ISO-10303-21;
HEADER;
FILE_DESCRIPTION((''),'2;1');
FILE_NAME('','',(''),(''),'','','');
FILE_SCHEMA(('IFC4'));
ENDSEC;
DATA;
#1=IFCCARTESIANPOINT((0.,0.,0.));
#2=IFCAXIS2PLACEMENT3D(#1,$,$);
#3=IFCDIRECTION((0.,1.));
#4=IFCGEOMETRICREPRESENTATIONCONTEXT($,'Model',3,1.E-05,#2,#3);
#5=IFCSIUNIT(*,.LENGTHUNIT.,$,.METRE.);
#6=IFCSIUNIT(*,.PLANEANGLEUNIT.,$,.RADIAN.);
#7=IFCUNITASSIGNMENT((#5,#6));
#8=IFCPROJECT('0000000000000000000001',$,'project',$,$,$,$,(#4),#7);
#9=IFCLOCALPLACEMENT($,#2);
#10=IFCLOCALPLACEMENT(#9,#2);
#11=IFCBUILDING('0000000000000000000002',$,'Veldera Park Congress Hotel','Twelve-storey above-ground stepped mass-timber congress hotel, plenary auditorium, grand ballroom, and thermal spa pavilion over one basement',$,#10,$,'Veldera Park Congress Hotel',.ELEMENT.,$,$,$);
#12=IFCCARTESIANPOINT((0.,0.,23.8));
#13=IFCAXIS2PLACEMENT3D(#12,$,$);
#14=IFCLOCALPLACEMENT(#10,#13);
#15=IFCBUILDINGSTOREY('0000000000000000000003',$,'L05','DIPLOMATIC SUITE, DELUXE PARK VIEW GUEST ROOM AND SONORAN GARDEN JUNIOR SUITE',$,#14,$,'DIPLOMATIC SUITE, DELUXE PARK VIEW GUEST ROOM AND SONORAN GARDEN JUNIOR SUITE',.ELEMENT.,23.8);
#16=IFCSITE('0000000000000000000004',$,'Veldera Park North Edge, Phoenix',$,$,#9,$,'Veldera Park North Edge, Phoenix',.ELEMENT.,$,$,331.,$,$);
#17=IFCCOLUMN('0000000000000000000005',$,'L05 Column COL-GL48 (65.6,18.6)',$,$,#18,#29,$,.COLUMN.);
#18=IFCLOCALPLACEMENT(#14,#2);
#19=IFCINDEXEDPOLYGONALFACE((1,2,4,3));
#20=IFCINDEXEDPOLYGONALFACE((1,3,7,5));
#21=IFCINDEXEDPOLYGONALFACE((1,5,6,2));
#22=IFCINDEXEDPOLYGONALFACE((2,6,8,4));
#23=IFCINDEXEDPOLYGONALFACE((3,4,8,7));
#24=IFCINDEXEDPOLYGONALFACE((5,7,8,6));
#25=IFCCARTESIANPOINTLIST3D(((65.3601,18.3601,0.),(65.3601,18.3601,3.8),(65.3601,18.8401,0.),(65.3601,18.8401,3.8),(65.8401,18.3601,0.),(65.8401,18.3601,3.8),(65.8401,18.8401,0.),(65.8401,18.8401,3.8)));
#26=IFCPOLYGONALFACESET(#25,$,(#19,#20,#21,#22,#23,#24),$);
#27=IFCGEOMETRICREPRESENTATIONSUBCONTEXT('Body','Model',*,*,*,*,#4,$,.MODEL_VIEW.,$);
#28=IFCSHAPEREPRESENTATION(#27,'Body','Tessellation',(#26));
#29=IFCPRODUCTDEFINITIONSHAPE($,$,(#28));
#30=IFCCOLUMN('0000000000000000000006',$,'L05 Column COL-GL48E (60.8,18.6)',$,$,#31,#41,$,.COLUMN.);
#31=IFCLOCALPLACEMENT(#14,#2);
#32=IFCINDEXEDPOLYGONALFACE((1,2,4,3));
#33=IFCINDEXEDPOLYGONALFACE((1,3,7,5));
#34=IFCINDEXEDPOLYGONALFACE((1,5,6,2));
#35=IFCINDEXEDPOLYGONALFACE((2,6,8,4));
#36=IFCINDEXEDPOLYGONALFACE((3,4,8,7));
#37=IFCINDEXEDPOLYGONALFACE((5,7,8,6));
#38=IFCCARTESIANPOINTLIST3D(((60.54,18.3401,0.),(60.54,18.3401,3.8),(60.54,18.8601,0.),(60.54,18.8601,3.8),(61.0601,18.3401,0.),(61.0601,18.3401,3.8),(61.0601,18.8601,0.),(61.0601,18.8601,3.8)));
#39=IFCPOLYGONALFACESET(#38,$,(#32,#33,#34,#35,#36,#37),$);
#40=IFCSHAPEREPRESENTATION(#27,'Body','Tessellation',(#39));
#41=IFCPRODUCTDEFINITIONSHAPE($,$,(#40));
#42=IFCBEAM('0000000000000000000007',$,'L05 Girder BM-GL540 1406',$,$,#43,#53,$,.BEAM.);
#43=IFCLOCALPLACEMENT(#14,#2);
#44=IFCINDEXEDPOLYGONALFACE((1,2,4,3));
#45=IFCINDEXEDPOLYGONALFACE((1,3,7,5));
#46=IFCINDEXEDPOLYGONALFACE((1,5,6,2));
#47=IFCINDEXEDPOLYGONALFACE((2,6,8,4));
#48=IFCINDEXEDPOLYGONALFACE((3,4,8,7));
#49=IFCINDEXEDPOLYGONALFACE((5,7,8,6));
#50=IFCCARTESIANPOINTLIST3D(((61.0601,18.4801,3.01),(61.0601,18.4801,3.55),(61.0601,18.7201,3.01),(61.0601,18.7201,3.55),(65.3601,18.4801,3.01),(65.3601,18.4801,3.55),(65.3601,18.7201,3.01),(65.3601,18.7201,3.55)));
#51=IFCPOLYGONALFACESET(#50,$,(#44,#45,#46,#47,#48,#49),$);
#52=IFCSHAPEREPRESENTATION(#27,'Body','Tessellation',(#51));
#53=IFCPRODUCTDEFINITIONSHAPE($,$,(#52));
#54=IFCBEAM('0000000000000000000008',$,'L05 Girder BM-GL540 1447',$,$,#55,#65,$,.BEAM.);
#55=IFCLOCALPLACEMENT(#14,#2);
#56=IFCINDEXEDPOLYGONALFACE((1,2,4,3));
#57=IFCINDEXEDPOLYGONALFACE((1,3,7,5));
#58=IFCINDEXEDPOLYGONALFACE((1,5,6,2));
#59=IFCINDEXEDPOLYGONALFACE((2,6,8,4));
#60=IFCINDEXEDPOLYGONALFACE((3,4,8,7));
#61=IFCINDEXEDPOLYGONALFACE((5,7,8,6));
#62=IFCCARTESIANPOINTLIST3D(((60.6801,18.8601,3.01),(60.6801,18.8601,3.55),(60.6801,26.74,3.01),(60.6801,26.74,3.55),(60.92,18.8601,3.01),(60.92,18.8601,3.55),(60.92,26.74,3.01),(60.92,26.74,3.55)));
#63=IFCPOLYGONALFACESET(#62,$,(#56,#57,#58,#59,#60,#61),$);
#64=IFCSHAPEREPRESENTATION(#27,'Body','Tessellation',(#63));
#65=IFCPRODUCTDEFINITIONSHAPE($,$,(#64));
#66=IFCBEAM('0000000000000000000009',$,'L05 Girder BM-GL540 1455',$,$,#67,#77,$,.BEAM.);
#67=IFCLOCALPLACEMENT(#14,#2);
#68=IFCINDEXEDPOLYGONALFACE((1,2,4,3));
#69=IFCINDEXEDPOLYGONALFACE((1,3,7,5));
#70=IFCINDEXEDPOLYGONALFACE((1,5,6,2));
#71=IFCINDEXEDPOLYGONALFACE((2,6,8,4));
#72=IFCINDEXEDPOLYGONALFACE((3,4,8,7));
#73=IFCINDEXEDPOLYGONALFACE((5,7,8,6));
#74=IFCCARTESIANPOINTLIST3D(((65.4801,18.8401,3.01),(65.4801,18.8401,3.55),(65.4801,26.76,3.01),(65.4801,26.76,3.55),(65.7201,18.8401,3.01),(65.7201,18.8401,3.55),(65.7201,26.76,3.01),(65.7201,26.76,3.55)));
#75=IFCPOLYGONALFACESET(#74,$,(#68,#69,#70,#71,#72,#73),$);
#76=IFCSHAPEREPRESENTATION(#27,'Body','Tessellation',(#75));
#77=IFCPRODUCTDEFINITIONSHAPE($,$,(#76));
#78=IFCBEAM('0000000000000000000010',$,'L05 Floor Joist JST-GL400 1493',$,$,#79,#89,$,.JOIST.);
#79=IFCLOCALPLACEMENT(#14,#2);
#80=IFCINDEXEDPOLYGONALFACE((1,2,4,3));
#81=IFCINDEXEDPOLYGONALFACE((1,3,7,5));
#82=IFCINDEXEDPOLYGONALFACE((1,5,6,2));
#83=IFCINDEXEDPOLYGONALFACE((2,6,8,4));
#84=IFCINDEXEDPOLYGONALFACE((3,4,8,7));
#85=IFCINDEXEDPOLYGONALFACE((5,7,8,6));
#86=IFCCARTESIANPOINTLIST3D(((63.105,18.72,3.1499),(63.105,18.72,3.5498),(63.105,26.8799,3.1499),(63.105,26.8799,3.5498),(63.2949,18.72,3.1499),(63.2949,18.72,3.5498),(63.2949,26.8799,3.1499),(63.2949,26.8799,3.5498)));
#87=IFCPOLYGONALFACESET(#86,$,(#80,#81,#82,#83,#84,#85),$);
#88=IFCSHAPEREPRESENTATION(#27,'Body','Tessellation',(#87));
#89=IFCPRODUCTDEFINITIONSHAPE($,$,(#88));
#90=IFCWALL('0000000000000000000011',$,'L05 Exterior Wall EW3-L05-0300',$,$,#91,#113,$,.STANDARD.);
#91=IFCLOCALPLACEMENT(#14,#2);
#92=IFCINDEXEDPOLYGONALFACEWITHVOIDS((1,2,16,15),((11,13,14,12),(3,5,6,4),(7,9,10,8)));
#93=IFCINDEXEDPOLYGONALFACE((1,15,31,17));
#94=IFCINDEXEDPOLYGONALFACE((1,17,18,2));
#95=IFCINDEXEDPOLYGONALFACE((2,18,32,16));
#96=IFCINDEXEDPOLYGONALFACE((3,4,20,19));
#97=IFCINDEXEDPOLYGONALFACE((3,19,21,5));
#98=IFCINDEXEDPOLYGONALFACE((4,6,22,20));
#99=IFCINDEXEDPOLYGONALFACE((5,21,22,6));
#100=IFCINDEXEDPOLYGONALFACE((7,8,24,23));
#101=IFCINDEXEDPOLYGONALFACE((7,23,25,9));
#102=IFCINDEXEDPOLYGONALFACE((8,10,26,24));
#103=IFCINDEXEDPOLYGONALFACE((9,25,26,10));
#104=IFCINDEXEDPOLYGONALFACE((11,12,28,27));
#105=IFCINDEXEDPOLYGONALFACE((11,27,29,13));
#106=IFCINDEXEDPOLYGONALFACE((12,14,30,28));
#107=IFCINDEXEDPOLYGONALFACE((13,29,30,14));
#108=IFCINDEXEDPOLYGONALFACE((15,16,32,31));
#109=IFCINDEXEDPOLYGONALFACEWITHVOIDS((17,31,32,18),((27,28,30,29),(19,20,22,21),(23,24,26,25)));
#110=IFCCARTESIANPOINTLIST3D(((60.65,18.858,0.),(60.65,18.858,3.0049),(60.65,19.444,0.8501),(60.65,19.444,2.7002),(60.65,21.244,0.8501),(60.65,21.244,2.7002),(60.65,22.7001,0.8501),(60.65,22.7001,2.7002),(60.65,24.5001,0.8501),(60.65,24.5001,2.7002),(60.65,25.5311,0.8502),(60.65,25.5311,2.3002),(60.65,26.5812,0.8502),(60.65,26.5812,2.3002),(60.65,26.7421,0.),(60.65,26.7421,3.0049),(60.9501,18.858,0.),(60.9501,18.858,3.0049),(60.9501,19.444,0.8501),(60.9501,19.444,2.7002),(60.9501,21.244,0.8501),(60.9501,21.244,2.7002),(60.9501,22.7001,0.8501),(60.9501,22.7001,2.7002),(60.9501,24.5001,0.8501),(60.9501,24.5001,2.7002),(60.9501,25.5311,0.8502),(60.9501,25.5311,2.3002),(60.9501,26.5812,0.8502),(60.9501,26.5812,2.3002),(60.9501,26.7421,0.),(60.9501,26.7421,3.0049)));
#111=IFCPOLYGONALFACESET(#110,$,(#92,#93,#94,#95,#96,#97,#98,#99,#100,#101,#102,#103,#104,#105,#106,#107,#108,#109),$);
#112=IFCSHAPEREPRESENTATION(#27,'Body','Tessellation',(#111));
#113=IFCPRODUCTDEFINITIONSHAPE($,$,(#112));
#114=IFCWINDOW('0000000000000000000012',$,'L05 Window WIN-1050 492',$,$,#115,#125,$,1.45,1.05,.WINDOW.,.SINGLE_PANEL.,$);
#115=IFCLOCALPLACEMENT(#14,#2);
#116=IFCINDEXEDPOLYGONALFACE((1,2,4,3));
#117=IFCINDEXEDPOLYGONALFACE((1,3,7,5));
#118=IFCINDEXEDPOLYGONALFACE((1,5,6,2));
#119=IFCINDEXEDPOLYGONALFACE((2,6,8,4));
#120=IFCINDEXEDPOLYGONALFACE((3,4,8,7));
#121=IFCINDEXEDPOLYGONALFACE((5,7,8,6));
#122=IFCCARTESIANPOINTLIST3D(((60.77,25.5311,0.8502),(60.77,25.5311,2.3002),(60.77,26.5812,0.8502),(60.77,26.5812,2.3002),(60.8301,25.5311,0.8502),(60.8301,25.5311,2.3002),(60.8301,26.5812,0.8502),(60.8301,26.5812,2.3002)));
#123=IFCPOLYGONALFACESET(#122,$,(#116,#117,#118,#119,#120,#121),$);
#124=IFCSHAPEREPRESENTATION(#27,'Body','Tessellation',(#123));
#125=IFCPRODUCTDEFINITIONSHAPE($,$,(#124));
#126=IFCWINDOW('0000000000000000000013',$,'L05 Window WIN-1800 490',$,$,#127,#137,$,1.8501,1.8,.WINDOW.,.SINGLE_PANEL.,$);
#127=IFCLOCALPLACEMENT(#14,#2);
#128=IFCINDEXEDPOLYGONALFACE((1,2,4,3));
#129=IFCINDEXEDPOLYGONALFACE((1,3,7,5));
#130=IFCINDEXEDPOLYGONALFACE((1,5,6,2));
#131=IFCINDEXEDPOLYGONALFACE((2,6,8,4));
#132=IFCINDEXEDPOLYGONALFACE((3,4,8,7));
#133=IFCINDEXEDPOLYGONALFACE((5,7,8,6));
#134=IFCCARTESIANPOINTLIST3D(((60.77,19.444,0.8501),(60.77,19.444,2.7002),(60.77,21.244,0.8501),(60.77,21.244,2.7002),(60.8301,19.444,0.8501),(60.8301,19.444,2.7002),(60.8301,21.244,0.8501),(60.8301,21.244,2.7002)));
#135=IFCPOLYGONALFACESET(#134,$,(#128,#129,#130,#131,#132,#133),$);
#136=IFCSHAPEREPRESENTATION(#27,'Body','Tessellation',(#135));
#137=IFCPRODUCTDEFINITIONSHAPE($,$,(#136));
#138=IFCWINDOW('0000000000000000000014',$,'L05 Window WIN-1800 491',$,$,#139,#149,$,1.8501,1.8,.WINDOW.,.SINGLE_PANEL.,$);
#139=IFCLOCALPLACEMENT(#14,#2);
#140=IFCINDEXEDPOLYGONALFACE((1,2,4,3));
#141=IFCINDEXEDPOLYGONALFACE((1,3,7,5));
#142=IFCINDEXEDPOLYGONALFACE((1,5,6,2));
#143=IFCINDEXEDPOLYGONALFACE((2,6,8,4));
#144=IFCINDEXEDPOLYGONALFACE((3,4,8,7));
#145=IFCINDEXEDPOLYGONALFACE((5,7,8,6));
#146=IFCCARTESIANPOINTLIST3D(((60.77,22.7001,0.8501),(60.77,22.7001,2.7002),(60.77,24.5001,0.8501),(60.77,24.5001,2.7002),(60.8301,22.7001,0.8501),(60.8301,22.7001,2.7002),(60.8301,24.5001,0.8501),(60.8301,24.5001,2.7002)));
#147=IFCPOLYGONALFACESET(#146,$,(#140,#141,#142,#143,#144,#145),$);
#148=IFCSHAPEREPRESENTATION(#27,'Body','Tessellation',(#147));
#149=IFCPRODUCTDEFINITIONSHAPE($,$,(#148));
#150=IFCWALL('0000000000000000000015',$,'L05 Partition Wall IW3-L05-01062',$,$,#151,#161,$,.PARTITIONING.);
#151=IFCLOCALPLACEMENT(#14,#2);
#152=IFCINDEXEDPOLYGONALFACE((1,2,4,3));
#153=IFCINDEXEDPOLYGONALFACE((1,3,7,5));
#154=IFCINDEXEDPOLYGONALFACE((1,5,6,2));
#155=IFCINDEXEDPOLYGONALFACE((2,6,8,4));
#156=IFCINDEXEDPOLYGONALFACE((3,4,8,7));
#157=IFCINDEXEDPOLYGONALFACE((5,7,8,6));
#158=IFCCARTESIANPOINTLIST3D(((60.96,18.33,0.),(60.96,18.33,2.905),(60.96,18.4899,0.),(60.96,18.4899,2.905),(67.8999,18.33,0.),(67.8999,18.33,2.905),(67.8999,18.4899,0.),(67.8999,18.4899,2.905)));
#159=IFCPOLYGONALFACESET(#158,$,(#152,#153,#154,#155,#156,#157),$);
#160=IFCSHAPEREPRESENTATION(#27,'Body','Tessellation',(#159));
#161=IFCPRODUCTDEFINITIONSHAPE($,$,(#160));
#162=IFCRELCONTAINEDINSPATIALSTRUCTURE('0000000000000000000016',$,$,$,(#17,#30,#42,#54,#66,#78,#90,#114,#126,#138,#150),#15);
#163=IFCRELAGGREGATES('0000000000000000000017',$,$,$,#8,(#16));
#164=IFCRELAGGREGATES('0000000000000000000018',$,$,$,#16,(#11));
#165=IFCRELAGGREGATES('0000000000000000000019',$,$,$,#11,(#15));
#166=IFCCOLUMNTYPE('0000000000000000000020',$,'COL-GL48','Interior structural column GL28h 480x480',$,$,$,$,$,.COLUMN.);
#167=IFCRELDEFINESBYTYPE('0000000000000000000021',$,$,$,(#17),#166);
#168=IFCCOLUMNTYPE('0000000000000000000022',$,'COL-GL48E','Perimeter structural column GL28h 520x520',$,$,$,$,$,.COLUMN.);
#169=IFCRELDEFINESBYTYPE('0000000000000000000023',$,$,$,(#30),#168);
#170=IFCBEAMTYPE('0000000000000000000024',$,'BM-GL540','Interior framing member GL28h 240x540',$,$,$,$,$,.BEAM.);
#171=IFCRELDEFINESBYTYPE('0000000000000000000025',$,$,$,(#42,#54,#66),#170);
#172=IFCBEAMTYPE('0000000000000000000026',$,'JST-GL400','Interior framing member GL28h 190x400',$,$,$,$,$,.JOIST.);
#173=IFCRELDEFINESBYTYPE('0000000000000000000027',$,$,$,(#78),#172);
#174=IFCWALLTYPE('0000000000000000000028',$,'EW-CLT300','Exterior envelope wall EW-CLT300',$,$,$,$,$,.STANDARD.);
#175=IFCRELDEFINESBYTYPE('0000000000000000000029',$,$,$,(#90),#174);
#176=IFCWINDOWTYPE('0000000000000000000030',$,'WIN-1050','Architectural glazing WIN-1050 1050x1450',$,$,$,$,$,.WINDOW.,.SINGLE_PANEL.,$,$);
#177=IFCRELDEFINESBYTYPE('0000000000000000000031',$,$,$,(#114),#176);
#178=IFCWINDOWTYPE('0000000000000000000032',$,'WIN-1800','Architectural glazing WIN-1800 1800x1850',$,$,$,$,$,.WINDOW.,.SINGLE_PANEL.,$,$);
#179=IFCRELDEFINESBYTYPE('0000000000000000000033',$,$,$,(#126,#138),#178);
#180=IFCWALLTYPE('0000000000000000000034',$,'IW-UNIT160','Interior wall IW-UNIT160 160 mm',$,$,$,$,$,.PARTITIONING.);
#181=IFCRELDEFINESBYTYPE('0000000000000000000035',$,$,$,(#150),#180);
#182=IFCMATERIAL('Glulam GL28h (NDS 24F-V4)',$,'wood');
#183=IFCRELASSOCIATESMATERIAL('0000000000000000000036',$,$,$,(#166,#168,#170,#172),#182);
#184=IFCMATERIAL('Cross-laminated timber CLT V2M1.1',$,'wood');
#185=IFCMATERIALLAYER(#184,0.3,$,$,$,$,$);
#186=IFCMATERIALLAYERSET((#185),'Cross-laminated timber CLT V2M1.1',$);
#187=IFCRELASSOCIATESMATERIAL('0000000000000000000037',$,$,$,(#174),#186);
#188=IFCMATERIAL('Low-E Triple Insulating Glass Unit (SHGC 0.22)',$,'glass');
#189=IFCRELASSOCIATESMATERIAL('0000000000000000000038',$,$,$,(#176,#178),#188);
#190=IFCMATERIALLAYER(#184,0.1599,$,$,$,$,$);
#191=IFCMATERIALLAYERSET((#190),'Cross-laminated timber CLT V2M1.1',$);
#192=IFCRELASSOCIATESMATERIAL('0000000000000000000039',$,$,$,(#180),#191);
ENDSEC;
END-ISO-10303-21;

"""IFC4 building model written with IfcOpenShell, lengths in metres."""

from ifc_helpers import new_model, si_unit, direction, frame, frame_2d, origin, origin_2d, place, context, subcontext, project, spatial, rectangle, extrude, material, layer, layer_set, material_profile, profile_set, type_object, element, fill, save


model = new_model("IFC4")

# Units and contexts
model_context = context("Model", 3, precision=1e-05, world=origin(), true_north=direction((0.0, 1.0)))
body_context = subcontext(model_context, "Body", "Model", "MODEL_VIEW")
ifc_project = project(units=[si_unit("LENGTHUNIT", "METRE"), si_unit("PLANEANGLEUNIT", "RADIAN")], contexts=[model_context])

# Site, building, storey
site_placement = place(None, origin())
site = spatial("IfcSite", under=ifc_project, at=site_placement, Name="Veldera Park North Edge, Phoenix", LongName="Veldera Park North Edge, Phoenix", CompositionType="ELEMENT", RefElevation=331.0)
building_placement = place(site_placement, origin())
building = spatial("IfcBuilding", under=site, at=building_placement, Name="Veldera Park Congress Hotel", Description="Twelve-storey above-ground stepped mass-timber congress hotel, plenary auditorium, grand ballroom, and thermal spa pavilion over one basement", LongName="Veldera Park Congress Hotel", CompositionType="ELEMENT")
storey_placement = place(building_placement, frame((0.0, 0.0, 23.8)))
storey = spatial("IfcBuildingStorey", under=building, at=storey_placement, Name="L05", Description="DIPLOMATIC SUITE, DELUXE PARK VIEW GUEST ROOM AND SONORAN GARDEN JUNIOR SUITE", LongName="DIPLOMATIC SUITE, DELUXE PARK VIEW GUEST ROOM AND SONORAN GARDEN JUNIOR SUITE", CompositionType="ELEMENT", Elevation=23.8)

# Columns
ifc_material_1 = material(Name="Glulam GL28h (NDS 24F-V4)", Category="wood")
ifc_material_profile_1 = material_profile(ifc_material_1, rectangle(XDim=0.48, YDim=0.48, at=origin_2d()), Name="GL28h 480x480")
ifc_profile_set_1 = profile_set([ifc_material_profile_1], Name="Glulam GL28h (NDS 24F-V4)")
column_type_1 = type_object("IfcColumnType", Name="COL-GL48", Description="Interior structural column GL28h 480x480", PredefinedType="COLUMN", material=ifc_profile_set_1)
column_1_placement = place(storey_placement, frame((65.6001, 18.6001, 0.0), z_axis=(0.0, 0.0, 1.0), x_axis=(1.0, 0.0, 0.0)))
element("IfcColumn", 1, at=column_1_placement, inside=storey, type_object=column_type_1, Name="L05 Column COL-GL48 (65.6,18.6)", PredefinedType="COLUMN", context=body_context, shape_type="SweptSolid", body=[
    extrude(rectangle(XDim=0.48, YDim=0.48, at=origin_2d()), origin(), (0.0, 0.0, 1.0), 3.8),
])
ifc_material_profile_2 = material_profile(ifc_material_1, rectangle(XDim=0.52, YDim=0.52, at=origin_2d()), Name="GL28h 520x520")
ifc_profile_set_2 = profile_set([ifc_material_profile_2], Name="Glulam GL28h (NDS 24F-V4)")
column_type_2 = type_object("IfcColumnType", Name="COL-GL48E", Description="Perimeter structural column GL28h 520x520", PredefinedType="COLUMN", material=ifc_profile_set_2)
column_2_placement = place(storey_placement, frame((60.8, 18.6001, 0.0), z_axis=(0.0, 0.0, 1.0), x_axis=(1.0, 0.0, 0.0)))
element("IfcColumn", 2, at=column_2_placement, inside=storey, type_object=column_type_2, Name="L05 Column COL-GL48E (60.8,18.6)", PredefinedType="COLUMN", context=body_context, shape_type="SweptSolid", body=[
    extrude(rectangle(XDim=0.52, YDim=0.52, at=origin_2d()), origin(), (0.0, 0.0, 1.0), 3.8),
])

# Beams
ifc_material_profile_3 = material_profile(ifc_material_1, rectangle(XDim=0.24, YDim=0.54, at=origin_2d()), Name="GL28h 240x540")
ifc_profile_set_3 = profile_set([ifc_material_profile_3], Name="Glulam GL28h (NDS 24F-V4)")
beam_type_1 = type_object("IfcBeamType", Name="BM-GL540", Description="Interior framing member GL28h 240x540", PredefinedType="BEAM", material=ifc_profile_set_3)
beam_1_placement = place(storey_placement, frame((61.0601, 18.6001, 3.28), z_axis=(1.0, 0.0, 0.0), x_axis=(0.0, 1.0, 0.0)))
element("IfcBeam", 3, at=beam_1_placement, inside=storey, type_object=beam_type_1, Name="L05 Girder BM-GL540 1406", PredefinedType="BEAM", context=body_context, shape_type="SweptSolid", body=[
    extrude(rectangle(XDim=0.24, YDim=0.54, at=origin_2d()), origin(), (0.0, 0.0, 1.0), 4.3),
])
beam_2_placement = place(storey_placement, frame((60.8, 18.8601, 3.28), z_axis=(0.0, 1.0, 0.0), x_axis=(-1.0, 0.0, 0.0)))
element("IfcBeam", 4, at=beam_2_placement, inside=storey, type_object=beam_type_1, Name="L05 Girder BM-GL540 1447", PredefinedType="BEAM", context=body_context, shape_type="SweptSolid", body=[
    extrude(rectangle(XDim=0.24, YDim=0.54, at=origin_2d()), origin(), (0.0, 0.0, 1.0), 7.8799),
])
beam_3_placement = place(storey_placement, frame((65.6001, 18.8401, 3.28), z_axis=(0.0, 1.0, 0.0), x_axis=(-1.0, 0.0, 0.0)))
element("IfcBeam", 5, at=beam_3_placement, inside=storey, type_object=beam_type_1, Name="L05 Girder BM-GL540 1455", PredefinedType="BEAM", context=body_context, shape_type="SweptSolid", body=[
    extrude(rectangle(XDim=0.24, YDim=0.54, at=origin_2d()), origin(), (0.0, 0.0, 1.0), 7.9199),
])
ifc_material_profile_4 = material_profile(ifc_material_1, rectangle(XDim=0.1899, YDim=0.3999, at=origin_2d()), Name="GL28h 190x400")
ifc_profile_set_4 = profile_set([ifc_material_profile_4], Name="Glulam GL28h (NDS 24F-V4)")
beam_type_2 = type_object("IfcBeamType", Name="JST-GL400", Description="Interior framing member GL28h 190x400", PredefinedType="JOIST", material=ifc_profile_set_4)
beam_4_placement = place(storey_placement, frame((63.2, 18.72, 3.3499), z_axis=(0.0, 1.0, 0.0), x_axis=(-1.0, 0.0, 0.0)))
element("IfcBeam", 6, at=beam_4_placement, inside=storey, type_object=beam_type_2, Name="L05 Floor Joist JST-GL400 1493", PredefinedType="JOIST", context=body_context, shape_type="SweptSolid", body=[
    extrude(rectangle(XDim=0.1899, YDim=0.3999, at=origin_2d()), origin(), (0.0, 0.0, 1.0), 8.1599),
])

# Wall, openings, windows
ifc_material_2 = material(Name="Cross-laminated timber CLT V2M1.1", Category="wood")
ifc_layer_1 = layer(ifc_material_2, 0.3)
ifc_layer_set_1 = layer_set([ifc_layer_1], Name="Cross-laminated timber CLT V2M1.1")
wall_type_1 = type_object("IfcWallType", Name="EW-CLT300", Description="Exterior envelope wall EW-CLT300", PredefinedType="STANDARD", material=ifc_layer_set_1)
wall_1_placement = place(storey_placement, frame((60.8, 26.7419, 0.0), z_axis=(0.0, 0.0, 1.0), x_axis=(0.0, -1.0, 0.0)))
wall_1 = element("IfcWall", 7, at=wall_1_placement, inside=storey, type_object=wall_type_1, Name="L05 Exterior Wall EW3-L05-0300", PredefinedType="STANDARD", context=body_context, shape_type="SweptSolid", body=[
    extrude(rectangle(XDim=7.884, YDim=0.3, at=frame_2d((3.9419, 0.0))), origin(), (0.0, 0.0, 1.0), 3.0049),
])
opening_1_placement = place(wall_1_placement, frame((5.498, 0.0, 0.8501)))
opening_1 = element("IfcOpeningElement", 8, at=opening_1_placement, cuts=wall_1, PredefinedType="OPENING", context=body_context, shape_type="SweptSolid", body=[
    extrude(rectangle(XDim=1.8, YDim=1.8501, at=frame_2d((0.8999, 0.925))), frame((0.0, 0.1621, 0.0), z_axis=(0.0, -1.0, 0.0), x_axis=(1.0, 0.0, 0.0)), (0.0, 0.0, 1.0), 0.324),
])
opening_2_placement = place(wall_1_placement, frame((2.2419, 0.0, 0.8501)))
opening_2 = element("IfcOpeningElement", 9, at=opening_2_placement, cuts=wall_1, PredefinedType="OPENING", context=body_context, shape_type="SweptSolid", body=[
    extrude(rectangle(XDim=1.8, YDim=1.8501, at=frame_2d((0.8999, 0.925))), frame((0.0, 0.1621, 0.0), z_axis=(0.0, -1.0, 0.0), x_axis=(1.0, 0.0, 0.0)), (0.0, 0.0, 1.0), 0.324),
])
opening_3_placement = place(wall_1_placement, frame((0.1609, 0.0, 0.8501)))
opening_3 = element("IfcOpeningElement", 10, at=opening_3_placement, cuts=wall_1, PredefinedType="OPENING", context=body_context, shape_type="SweptSolid", body=[
    extrude(rectangle(XDim=1.05, YDim=1.45, at=frame_2d((0.5249, 0.7251))), frame((0.0, 0.1621, 0.0), z_axis=(0.0, -1.0, 0.0), x_axis=(1.0, 0.0, 0.0)), (0.0, 0.0, 1.0), 0.324),
])
ifc_material_3 = material(Name="Low-E Triple Insulating Glass Unit (SHGC 0.22)", Category="glass")
window_type_1 = type_object("IfcWindowType", Name="WIN-1050", Description="Architectural glazing WIN-1050 1050x1450", PartitioningType="SINGLE_PANEL", PredefinedType="WINDOW", material=ifc_material_3)
window_1_placement = place(opening_3_placement, origin())
window_1 = element("IfcWindow", 11, at=window_1_placement, inside=storey, type_object=window_type_1, Name="L05 Window WIN-1050 492", OverallHeight=1.45, OverallWidth=1.05, PartitioningType="SINGLE_PANEL", PredefinedType="WINDOW", context=body_context, shape_type="SweptSolid", body=[
    extrude(rectangle(XDim=1.05, YDim=1.45, at=frame_2d((0.5249, 0.7251))), frame((0.0, 0.03, 0.0), z_axis=(0.0, -1.0, 0.0), x_axis=(1.0, 0.0, 0.0)), (0.0, 0.0, 1.0), 0.0601),
])
fill(opening_3, window_1)
window_type_2 = type_object("IfcWindowType", Name="WIN-1800", Description="Architectural glazing WIN-1800 1800x1850", PartitioningType="SINGLE_PANEL", PredefinedType="WINDOW", material=ifc_material_3)
window_2_placement = place(opening_1_placement, origin())
window_2 = element("IfcWindow", 12, at=window_2_placement, inside=storey, type_object=window_type_2, Name="L05 Window WIN-1800 490", OverallHeight=1.8501, OverallWidth=1.8, PartitioningType="SINGLE_PANEL", PredefinedType="WINDOW", context=body_context, shape_type="SweptSolid", body=[
    extrude(rectangle(XDim=1.8, YDim=1.8501, at=frame_2d((0.8999, 0.925))), frame((0.0, 0.03, 0.0), z_axis=(0.0, -1.0, 0.0), x_axis=(1.0, 0.0, 0.0)), (0.0, 0.0, 1.0), 0.0601),
])
fill(opening_1, window_2)
window_3_placement = place(opening_2_placement, origin())
window_3 = element("IfcWindow", 13, at=window_3_placement, inside=storey, type_object=window_type_2, Name="L05 Window WIN-1800 491", OverallHeight=1.8501, OverallWidth=1.8, PartitioningType="SINGLE_PANEL", PredefinedType="WINDOW", context=body_context, shape_type="SweptSolid", body=[
    extrude(rectangle(XDim=1.8, YDim=1.8501, at=frame_2d((0.8999, 0.925))), frame((0.0, 0.03, 0.0), z_axis=(0.0, -1.0, 0.0), x_axis=(1.0, 0.0, 0.0)), (0.0, 0.0, 1.0), 0.0601),
])
fill(opening_2, window_3)

# Wall
ifc_layer_2 = layer(ifc_material_2, 0.1599)
ifc_layer_set_2 = layer_set([ifc_layer_2], Name="Cross-laminated timber CLT V2M1.1")
wall_type_2 = type_object("IfcWallType", Name="IW-UNIT160", Description="Interior wall IW-UNIT160 160 mm", PredefinedType="PARTITIONING", material=ifc_layer_set_2)
wall_2_placement = place(storey_placement, frame((60.96, 18.4099, 0.0), z_axis=(0.0, 0.0, 1.0), x_axis=(1.0, 0.0, 0.0)))
element("IfcWall", 14, at=wall_2_placement, inside=storey, type_object=wall_type_2, Name="L05 Partition Wall IW3-L05-01062", PredefinedType="PARTITIONING", context=body_context, shape_type="SweptSolid", body=[
    extrude(rectangle(XDim=6.9399, YDim=0.1599, at=frame_2d((3.47, 0.0))), origin(), (0.0, 0.0, 1.0), 2.905),
])

save(model, "model.ifc")
